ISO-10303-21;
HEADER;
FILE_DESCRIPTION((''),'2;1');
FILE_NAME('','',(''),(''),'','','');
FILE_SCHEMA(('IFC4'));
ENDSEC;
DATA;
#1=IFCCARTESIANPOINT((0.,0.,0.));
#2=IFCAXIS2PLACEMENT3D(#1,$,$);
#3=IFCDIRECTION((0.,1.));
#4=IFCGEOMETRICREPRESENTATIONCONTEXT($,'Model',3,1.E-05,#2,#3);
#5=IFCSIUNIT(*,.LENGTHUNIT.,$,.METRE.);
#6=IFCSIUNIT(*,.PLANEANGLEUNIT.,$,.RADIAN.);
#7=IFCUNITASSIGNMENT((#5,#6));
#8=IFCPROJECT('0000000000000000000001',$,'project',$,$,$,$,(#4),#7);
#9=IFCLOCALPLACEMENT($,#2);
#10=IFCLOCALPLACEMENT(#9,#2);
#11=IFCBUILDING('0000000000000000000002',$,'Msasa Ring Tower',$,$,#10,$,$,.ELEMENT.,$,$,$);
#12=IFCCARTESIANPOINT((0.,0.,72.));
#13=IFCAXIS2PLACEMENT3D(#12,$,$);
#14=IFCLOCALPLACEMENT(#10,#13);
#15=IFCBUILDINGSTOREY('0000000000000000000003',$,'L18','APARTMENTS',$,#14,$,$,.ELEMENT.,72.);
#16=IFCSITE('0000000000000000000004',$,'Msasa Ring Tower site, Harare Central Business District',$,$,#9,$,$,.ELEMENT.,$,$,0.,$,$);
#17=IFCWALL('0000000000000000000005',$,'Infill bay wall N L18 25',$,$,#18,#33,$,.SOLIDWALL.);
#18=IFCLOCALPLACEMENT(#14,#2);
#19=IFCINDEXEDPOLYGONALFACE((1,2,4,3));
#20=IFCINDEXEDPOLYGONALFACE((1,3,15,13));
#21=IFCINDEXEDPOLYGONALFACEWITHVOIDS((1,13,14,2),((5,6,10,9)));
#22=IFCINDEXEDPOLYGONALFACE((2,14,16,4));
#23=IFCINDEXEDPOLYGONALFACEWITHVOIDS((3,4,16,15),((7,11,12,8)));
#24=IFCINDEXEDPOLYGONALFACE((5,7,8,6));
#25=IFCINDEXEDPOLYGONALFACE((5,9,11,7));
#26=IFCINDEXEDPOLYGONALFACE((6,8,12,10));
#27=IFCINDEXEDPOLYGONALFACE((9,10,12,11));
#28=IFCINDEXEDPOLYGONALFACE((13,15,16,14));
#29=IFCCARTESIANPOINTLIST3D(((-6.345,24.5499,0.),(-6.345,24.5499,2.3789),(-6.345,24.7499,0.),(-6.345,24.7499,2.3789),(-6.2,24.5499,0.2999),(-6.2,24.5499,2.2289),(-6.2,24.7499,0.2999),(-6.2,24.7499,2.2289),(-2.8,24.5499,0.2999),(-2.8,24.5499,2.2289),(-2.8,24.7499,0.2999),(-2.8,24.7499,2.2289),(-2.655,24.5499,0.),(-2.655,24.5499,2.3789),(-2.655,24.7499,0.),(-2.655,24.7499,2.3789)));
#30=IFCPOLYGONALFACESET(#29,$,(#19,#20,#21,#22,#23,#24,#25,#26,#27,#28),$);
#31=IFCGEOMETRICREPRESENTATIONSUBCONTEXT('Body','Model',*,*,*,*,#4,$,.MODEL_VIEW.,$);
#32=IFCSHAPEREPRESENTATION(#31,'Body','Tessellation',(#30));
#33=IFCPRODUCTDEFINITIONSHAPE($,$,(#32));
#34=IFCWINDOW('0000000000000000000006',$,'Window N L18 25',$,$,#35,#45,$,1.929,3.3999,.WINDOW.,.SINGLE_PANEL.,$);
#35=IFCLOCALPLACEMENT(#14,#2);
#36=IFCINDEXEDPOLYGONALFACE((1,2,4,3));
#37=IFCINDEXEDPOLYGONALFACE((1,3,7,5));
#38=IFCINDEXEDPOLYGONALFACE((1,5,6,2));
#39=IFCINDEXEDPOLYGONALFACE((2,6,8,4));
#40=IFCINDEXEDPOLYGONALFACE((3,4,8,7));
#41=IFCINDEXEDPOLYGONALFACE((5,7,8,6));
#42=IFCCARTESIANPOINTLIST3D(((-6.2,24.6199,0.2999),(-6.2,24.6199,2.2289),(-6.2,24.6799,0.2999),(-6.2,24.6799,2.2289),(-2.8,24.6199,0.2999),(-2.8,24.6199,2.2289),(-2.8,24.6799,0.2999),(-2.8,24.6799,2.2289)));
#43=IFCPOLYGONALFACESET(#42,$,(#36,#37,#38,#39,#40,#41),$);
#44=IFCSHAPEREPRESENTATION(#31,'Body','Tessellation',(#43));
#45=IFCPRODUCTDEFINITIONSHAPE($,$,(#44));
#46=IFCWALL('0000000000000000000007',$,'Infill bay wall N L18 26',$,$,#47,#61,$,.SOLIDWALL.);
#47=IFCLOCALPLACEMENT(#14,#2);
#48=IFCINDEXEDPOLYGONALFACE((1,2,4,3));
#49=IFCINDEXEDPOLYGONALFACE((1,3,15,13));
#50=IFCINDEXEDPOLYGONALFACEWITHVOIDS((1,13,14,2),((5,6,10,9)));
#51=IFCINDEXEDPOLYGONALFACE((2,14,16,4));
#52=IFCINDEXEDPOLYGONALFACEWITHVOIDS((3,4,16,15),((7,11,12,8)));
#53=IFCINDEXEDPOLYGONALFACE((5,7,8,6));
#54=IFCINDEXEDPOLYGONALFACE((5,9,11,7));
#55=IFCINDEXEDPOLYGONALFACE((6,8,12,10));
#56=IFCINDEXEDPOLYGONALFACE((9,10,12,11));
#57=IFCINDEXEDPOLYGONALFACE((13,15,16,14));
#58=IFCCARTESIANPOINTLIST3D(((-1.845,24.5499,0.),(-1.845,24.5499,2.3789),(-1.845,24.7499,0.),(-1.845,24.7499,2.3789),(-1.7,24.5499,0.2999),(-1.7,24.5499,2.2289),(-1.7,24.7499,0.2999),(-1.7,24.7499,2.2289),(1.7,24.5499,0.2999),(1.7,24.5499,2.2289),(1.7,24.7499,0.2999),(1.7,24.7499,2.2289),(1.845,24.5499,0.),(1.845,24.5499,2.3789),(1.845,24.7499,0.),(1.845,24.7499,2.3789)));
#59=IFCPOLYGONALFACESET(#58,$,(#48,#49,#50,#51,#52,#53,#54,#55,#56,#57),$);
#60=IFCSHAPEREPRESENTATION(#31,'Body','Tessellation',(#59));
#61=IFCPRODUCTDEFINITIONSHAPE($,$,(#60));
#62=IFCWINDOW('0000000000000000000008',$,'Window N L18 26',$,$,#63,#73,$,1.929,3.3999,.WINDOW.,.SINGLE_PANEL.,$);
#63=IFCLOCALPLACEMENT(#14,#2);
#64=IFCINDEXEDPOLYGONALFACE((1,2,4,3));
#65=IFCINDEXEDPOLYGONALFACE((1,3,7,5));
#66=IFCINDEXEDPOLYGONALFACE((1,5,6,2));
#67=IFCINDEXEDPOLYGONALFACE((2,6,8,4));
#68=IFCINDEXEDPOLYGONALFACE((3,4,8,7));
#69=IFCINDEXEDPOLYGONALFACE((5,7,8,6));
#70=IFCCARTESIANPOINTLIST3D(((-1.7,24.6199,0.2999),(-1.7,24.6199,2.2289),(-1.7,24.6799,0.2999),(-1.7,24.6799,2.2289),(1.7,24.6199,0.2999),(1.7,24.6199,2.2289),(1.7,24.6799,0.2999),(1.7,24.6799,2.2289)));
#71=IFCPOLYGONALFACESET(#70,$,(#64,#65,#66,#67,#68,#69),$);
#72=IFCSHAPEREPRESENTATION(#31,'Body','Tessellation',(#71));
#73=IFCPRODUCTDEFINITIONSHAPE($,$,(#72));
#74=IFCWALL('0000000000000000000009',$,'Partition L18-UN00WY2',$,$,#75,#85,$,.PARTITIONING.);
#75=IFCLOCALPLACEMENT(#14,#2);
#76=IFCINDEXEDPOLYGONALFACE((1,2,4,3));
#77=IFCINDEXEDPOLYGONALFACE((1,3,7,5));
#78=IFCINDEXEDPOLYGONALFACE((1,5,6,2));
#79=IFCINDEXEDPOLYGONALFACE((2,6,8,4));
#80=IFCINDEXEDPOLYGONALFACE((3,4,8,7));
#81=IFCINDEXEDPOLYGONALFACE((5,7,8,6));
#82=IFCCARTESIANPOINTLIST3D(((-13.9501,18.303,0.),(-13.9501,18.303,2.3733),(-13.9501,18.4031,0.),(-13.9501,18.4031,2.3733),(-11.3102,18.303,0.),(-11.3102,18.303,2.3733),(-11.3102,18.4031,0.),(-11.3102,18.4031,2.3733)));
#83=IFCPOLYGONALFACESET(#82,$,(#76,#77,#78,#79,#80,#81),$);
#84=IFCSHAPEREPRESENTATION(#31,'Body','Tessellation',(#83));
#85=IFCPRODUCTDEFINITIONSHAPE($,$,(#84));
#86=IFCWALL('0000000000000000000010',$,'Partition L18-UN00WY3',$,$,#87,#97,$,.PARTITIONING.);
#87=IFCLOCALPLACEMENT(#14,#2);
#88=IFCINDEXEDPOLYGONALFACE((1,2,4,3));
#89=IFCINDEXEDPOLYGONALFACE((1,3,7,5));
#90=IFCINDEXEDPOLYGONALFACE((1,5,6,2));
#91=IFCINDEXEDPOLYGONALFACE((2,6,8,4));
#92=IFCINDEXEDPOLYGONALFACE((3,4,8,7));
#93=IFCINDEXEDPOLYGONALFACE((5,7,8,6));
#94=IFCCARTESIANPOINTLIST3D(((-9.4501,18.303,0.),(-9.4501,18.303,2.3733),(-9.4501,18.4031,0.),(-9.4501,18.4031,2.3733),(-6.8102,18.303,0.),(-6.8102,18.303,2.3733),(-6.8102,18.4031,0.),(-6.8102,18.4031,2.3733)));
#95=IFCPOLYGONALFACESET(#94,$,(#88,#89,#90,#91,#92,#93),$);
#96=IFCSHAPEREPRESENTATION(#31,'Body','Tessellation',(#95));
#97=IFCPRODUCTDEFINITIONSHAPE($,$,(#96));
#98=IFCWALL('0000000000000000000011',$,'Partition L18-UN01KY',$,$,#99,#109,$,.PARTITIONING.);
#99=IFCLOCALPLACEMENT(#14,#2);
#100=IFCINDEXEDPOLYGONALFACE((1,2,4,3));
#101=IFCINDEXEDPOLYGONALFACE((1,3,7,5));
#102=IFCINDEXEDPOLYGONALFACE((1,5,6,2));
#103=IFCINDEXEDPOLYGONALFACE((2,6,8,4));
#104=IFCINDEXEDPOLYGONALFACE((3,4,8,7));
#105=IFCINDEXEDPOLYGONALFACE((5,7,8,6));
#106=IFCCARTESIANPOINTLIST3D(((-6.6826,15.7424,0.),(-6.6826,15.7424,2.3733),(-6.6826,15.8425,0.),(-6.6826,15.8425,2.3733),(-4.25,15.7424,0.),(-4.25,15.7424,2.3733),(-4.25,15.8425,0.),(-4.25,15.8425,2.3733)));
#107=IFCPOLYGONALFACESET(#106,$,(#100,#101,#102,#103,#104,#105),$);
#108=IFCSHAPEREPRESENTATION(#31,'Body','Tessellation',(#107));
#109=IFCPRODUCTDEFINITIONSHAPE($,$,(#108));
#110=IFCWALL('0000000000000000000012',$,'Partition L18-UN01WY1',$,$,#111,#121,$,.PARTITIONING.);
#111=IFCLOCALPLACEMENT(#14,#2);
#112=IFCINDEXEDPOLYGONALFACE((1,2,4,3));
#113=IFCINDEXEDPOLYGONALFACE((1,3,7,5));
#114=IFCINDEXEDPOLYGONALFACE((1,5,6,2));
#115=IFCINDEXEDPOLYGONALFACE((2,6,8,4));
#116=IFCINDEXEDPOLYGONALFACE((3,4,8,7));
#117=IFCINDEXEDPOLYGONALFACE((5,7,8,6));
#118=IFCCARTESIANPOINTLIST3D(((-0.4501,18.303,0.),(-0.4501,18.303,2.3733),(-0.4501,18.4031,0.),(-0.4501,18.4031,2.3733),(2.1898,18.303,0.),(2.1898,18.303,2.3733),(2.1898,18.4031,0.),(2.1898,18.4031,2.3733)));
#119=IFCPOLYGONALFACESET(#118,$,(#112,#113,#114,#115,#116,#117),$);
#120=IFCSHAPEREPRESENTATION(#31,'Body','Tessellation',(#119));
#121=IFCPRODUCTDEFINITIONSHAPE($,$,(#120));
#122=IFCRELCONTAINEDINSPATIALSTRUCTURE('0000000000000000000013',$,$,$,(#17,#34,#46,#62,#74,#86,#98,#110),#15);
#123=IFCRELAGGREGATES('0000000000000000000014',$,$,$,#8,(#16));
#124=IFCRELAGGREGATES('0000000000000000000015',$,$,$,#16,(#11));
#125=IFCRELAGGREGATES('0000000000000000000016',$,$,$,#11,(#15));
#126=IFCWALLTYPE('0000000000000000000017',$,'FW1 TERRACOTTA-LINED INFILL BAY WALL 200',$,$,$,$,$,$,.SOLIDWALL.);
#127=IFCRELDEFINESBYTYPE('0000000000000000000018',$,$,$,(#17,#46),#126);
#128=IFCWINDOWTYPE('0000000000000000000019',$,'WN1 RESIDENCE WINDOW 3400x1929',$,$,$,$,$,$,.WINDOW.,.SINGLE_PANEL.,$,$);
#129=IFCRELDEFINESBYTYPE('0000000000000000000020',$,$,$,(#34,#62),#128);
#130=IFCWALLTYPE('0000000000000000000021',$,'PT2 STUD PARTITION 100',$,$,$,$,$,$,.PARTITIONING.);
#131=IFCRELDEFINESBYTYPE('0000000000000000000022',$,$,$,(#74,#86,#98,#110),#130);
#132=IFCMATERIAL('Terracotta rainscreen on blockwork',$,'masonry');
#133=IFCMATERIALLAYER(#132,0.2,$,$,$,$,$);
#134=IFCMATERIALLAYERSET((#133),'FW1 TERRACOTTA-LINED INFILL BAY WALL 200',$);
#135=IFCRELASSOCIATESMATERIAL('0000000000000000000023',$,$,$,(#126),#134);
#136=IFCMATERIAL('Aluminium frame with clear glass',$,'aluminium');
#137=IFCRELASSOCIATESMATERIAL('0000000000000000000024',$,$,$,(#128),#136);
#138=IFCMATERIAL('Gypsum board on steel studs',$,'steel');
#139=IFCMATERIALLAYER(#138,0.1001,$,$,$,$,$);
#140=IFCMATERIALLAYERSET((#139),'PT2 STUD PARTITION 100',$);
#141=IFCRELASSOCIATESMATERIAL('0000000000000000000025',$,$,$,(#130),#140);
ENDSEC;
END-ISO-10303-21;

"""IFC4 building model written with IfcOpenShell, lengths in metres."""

from ifc_helpers import new_model, si_unit, direction, frame, frame_2d, origin, place, context, subcontext, project, spatial, rectangle, extrude, material, layer, layer_set, type_object, element, fill, save


model = new_model("IFC4")

# Units and contexts
model_context = context("Model", 3, precision=1e-05, world=origin(), true_north=direction((0.0, 1.0)))
body_context = subcontext(model_context, "Body", "Model", "MODEL_VIEW")
ifc_project = project(units=[si_unit("LENGTHUNIT", "METRE"), si_unit("PLANEANGLEUNIT", "RADIAN")], contexts=[model_context])

# Site, building, storey
site_placement = place(None, origin())
site = spatial("IfcSite", under=ifc_project, at=site_placement, Name="Msasa Ring Tower site, Harare Central Business District", CompositionType="ELEMENT", RefElevation=0.0)
building_placement = place(site_placement, origin())
building = spatial("IfcBuilding", under=site, at=building_placement, Name="Msasa Ring Tower", CompositionType="ELEMENT")
storey_placement = place(building_placement, frame((0.0, 0.0, 72.0)))
storey = spatial("IfcBuildingStorey", under=building, at=storey_placement, Name="L18", Description="APARTMENTS", CompositionType="ELEMENT", Elevation=72.0)

# Walls, openings, windows
ifc_material_1 = material(Name="Terracotta rainscreen on blockwork", Category="masonry")
ifc_layer_1 = layer(ifc_material_1, 0.2)
ifc_layer_set_1 = layer_set([ifc_layer_1], Name="FW1 TERRACOTTA-LINED INFILL BAY WALL 200")
wall_type_1 = type_object("IfcWallType", Name="FW1 TERRACOTTA-LINED INFILL BAY WALL 200", PredefinedType="SOLIDWALL", material=ifc_layer_set_1)
ifc_material_2 = material(Name="Aluminium frame with clear glass", Category="aluminium")
window_type = type_object("IfcWindowType", Name="WN1 RESIDENCE WINDOW 3400x1929", PartitioningType="SINGLE_PANEL", PredefinedType="WINDOW", material=ifc_material_2)
wall_1_placement = place(storey_placement, frame((-6.345, 24.6499, 0.0), z_axis=(0.0, 0.0, 1.0), x_axis=(1.0, 0.0, 0.0)))
wall_1 = element("IfcWall", 1, at=wall_1_placement, inside=storey, type_object=wall_type_1, Name="Infill bay wall N L18 25", PredefinedType="SOLIDWALL", context=body_context, shape_type="SweptSolid", body=[
    extrude(rectangle(XDim=3.6899, YDim=0.2, at=frame_2d((1.845, 0.0))), origin(), (0.0, 0.0, 1.0), 2.3789),
])
opening_1_placement = place(wall_1_placement, frame((0.145, 0.0, 0.3)))
opening_1 = element("IfcOpeningElement", 2, at=opening_1_placement, cuts=wall_1, PredefinedType="OPENING", context=body_context, shape_type="SweptSolid", body=[
    extrude(rectangle(XDim=3.3999, YDim=1.929, at=frame_2d((1.7, 0.9644))), frame((0.0, 0.1099, 0.0), z_axis=(0.0, -1.0, 0.0), x_axis=(1.0, 0.0, 0.0)), (0.0, 0.0, 1.0), 0.22),
])
window_1_placement = place(opening_1_placement, origin())
window_1 = element("IfcWindow", 3, at=window_1_placement, inside=storey, type_object=window_type, Name="Window N L18 25", OverallHeight=1.929, OverallWidth=3.3999, PartitioningType="SINGLE_PANEL", PredefinedType="WINDOW", context=body_context, shape_type="SweptSolid", body=[
    extrude(rectangle(XDim=3.3999, YDim=1.929, at=frame_2d((1.7, 0.9644))), frame((0.0, 0.03, 0.0), z_axis=(0.0, -1.0, 0.0), x_axis=(1.0, 0.0, 0.0)), (0.0, 0.0, 1.0), 0.0601),
])
fill(opening_1, window_1)
wall_2_placement = place(storey_placement, frame((-1.845, 24.6499, 0.0), z_axis=(0.0, 0.0, 1.0), x_axis=(1.0, 0.0, 0.0)))
wall_2 = element("IfcWall", 4, at=wall_2_placement, inside=storey, type_object=wall_type_1, Name="Infill bay wall N L18 26", PredefinedType="SOLIDWALL", context=body_context, shape_type="SweptSolid", body=[
    extrude(rectangle(XDim=3.6899, YDim=0.2, at=frame_2d((1.845, 0.0))), origin(), (0.0, 0.0, 1.0), 2.3789),
])
opening_2_placement = place(wall_2_placement, frame((0.145, 0.0, 0.3)))
opening_2 = element("IfcOpeningElement", 5, at=opening_2_placement, cuts=wall_2, PredefinedType="OPENING", context=body_context, shape_type="SweptSolid", body=[
    extrude(rectangle(XDim=3.3999, YDim=1.929, at=frame_2d((1.7, 0.9644))), frame((0.0, 0.1099, 0.0), z_axis=(0.0, -1.0, 0.0), x_axis=(1.0, 0.0, 0.0)), (0.0, 0.0, 1.0), 0.22),
])
window_2_placement = place(opening_2_placement, origin())
window_2 = element("IfcWindow", 6, at=window_2_placement, inside=storey, type_object=window_type, Name="Window N L18 26", OverallHeight=1.929, OverallWidth=3.3999, PartitioningType="SINGLE_PANEL", PredefinedType="WINDOW", context=body_context, shape_type="SweptSolid", body=[
    extrude(rectangle(XDim=3.3999, YDim=1.929, at=frame_2d((1.7, 0.9644))), frame((0.0, 0.03, 0.0), z_axis=(0.0, -1.0, 0.0), x_axis=(1.0, 0.0, 0.0)), (0.0, 0.0, 1.0), 0.0601),
])
fill(opening_2, window_2)

# Walls
ifc_material_3 = material(Name="Gypsum board on steel studs", Category="steel")
ifc_layer_2 = layer(ifc_material_3, 0.1001)
ifc_layer_set_2 = layer_set([ifc_layer_2], Name="PT2 STUD PARTITION 100")
wall_type_2 = type_object("IfcWallType", Name="PT2 STUD PARTITION 100", PredefinedType="PARTITIONING", material=ifc_layer_set_2)
for number, where, z_axis, x_axis, name in (
    (7, (-13.95, 18.353, 0.0), (0.0, 0.0, 1.0), (1.0, 0.0, 0.0), "Partition L18-UN00WY2"),
    (8, (-9.45, 18.353, 0.0), (0.0, 0.0, 1.0), (1.0, 0.0, 0.0), "Partition L18-UN00WY3"),
):
    element("IfcWall", number, at=place(storey_placement, frame(where, z_axis=z_axis, x_axis=x_axis)), inside=storey, type_object=wall_type_2, Name=name, PredefinedType="PARTITIONING", context=body_context, shape_type="SweptSolid", body=[
        extrude(rectangle(XDim=2.6399, YDim=0.1001, at=frame_2d((1.3198, 0.0))), origin(), (0.0, 0.0, 1.0), 2.3733),
    ])
wall_3_placement = place(storey_placement, frame((-6.6826, 15.7925, 0.0), z_axis=(0.0, 0.0, 1.0), x_axis=(1.0, 0.0, 0.0)))
element("IfcWall", 9, at=wall_3_placement, inside=storey, type_object=wall_type_2, Name="Partition L18-UN01KY", PredefinedType="PARTITIONING", context=body_context, shape_type="SweptSolid", body=[
    extrude(rectangle(XDim=2.4326, YDim=0.1001, at=frame_2d((1.2163, 0.0))), origin(), (0.0, 0.0, 1.0), 2.3733),
])
wall_4_placement = place(storey_placement, frame((-0.45, 18.353, 0.0), z_axis=(0.0, 0.0, 1.0), x_axis=(1.0, 0.0, 0.0)))
element("IfcWall", 10, at=wall_4_placement, inside=storey, type_object=wall_type_2, Name="Partition L18-UN01WY1", PredefinedType="PARTITIONING", context=body_context, shape_type="SweptSolid", body=[
    extrude(rectangle(XDim=2.6399, YDim=0.1001, at=frame_2d((1.3198, 0.0))), origin(), (0.0, 0.0, 1.0), 2.3733),
])

save(model, "model.ifc")
